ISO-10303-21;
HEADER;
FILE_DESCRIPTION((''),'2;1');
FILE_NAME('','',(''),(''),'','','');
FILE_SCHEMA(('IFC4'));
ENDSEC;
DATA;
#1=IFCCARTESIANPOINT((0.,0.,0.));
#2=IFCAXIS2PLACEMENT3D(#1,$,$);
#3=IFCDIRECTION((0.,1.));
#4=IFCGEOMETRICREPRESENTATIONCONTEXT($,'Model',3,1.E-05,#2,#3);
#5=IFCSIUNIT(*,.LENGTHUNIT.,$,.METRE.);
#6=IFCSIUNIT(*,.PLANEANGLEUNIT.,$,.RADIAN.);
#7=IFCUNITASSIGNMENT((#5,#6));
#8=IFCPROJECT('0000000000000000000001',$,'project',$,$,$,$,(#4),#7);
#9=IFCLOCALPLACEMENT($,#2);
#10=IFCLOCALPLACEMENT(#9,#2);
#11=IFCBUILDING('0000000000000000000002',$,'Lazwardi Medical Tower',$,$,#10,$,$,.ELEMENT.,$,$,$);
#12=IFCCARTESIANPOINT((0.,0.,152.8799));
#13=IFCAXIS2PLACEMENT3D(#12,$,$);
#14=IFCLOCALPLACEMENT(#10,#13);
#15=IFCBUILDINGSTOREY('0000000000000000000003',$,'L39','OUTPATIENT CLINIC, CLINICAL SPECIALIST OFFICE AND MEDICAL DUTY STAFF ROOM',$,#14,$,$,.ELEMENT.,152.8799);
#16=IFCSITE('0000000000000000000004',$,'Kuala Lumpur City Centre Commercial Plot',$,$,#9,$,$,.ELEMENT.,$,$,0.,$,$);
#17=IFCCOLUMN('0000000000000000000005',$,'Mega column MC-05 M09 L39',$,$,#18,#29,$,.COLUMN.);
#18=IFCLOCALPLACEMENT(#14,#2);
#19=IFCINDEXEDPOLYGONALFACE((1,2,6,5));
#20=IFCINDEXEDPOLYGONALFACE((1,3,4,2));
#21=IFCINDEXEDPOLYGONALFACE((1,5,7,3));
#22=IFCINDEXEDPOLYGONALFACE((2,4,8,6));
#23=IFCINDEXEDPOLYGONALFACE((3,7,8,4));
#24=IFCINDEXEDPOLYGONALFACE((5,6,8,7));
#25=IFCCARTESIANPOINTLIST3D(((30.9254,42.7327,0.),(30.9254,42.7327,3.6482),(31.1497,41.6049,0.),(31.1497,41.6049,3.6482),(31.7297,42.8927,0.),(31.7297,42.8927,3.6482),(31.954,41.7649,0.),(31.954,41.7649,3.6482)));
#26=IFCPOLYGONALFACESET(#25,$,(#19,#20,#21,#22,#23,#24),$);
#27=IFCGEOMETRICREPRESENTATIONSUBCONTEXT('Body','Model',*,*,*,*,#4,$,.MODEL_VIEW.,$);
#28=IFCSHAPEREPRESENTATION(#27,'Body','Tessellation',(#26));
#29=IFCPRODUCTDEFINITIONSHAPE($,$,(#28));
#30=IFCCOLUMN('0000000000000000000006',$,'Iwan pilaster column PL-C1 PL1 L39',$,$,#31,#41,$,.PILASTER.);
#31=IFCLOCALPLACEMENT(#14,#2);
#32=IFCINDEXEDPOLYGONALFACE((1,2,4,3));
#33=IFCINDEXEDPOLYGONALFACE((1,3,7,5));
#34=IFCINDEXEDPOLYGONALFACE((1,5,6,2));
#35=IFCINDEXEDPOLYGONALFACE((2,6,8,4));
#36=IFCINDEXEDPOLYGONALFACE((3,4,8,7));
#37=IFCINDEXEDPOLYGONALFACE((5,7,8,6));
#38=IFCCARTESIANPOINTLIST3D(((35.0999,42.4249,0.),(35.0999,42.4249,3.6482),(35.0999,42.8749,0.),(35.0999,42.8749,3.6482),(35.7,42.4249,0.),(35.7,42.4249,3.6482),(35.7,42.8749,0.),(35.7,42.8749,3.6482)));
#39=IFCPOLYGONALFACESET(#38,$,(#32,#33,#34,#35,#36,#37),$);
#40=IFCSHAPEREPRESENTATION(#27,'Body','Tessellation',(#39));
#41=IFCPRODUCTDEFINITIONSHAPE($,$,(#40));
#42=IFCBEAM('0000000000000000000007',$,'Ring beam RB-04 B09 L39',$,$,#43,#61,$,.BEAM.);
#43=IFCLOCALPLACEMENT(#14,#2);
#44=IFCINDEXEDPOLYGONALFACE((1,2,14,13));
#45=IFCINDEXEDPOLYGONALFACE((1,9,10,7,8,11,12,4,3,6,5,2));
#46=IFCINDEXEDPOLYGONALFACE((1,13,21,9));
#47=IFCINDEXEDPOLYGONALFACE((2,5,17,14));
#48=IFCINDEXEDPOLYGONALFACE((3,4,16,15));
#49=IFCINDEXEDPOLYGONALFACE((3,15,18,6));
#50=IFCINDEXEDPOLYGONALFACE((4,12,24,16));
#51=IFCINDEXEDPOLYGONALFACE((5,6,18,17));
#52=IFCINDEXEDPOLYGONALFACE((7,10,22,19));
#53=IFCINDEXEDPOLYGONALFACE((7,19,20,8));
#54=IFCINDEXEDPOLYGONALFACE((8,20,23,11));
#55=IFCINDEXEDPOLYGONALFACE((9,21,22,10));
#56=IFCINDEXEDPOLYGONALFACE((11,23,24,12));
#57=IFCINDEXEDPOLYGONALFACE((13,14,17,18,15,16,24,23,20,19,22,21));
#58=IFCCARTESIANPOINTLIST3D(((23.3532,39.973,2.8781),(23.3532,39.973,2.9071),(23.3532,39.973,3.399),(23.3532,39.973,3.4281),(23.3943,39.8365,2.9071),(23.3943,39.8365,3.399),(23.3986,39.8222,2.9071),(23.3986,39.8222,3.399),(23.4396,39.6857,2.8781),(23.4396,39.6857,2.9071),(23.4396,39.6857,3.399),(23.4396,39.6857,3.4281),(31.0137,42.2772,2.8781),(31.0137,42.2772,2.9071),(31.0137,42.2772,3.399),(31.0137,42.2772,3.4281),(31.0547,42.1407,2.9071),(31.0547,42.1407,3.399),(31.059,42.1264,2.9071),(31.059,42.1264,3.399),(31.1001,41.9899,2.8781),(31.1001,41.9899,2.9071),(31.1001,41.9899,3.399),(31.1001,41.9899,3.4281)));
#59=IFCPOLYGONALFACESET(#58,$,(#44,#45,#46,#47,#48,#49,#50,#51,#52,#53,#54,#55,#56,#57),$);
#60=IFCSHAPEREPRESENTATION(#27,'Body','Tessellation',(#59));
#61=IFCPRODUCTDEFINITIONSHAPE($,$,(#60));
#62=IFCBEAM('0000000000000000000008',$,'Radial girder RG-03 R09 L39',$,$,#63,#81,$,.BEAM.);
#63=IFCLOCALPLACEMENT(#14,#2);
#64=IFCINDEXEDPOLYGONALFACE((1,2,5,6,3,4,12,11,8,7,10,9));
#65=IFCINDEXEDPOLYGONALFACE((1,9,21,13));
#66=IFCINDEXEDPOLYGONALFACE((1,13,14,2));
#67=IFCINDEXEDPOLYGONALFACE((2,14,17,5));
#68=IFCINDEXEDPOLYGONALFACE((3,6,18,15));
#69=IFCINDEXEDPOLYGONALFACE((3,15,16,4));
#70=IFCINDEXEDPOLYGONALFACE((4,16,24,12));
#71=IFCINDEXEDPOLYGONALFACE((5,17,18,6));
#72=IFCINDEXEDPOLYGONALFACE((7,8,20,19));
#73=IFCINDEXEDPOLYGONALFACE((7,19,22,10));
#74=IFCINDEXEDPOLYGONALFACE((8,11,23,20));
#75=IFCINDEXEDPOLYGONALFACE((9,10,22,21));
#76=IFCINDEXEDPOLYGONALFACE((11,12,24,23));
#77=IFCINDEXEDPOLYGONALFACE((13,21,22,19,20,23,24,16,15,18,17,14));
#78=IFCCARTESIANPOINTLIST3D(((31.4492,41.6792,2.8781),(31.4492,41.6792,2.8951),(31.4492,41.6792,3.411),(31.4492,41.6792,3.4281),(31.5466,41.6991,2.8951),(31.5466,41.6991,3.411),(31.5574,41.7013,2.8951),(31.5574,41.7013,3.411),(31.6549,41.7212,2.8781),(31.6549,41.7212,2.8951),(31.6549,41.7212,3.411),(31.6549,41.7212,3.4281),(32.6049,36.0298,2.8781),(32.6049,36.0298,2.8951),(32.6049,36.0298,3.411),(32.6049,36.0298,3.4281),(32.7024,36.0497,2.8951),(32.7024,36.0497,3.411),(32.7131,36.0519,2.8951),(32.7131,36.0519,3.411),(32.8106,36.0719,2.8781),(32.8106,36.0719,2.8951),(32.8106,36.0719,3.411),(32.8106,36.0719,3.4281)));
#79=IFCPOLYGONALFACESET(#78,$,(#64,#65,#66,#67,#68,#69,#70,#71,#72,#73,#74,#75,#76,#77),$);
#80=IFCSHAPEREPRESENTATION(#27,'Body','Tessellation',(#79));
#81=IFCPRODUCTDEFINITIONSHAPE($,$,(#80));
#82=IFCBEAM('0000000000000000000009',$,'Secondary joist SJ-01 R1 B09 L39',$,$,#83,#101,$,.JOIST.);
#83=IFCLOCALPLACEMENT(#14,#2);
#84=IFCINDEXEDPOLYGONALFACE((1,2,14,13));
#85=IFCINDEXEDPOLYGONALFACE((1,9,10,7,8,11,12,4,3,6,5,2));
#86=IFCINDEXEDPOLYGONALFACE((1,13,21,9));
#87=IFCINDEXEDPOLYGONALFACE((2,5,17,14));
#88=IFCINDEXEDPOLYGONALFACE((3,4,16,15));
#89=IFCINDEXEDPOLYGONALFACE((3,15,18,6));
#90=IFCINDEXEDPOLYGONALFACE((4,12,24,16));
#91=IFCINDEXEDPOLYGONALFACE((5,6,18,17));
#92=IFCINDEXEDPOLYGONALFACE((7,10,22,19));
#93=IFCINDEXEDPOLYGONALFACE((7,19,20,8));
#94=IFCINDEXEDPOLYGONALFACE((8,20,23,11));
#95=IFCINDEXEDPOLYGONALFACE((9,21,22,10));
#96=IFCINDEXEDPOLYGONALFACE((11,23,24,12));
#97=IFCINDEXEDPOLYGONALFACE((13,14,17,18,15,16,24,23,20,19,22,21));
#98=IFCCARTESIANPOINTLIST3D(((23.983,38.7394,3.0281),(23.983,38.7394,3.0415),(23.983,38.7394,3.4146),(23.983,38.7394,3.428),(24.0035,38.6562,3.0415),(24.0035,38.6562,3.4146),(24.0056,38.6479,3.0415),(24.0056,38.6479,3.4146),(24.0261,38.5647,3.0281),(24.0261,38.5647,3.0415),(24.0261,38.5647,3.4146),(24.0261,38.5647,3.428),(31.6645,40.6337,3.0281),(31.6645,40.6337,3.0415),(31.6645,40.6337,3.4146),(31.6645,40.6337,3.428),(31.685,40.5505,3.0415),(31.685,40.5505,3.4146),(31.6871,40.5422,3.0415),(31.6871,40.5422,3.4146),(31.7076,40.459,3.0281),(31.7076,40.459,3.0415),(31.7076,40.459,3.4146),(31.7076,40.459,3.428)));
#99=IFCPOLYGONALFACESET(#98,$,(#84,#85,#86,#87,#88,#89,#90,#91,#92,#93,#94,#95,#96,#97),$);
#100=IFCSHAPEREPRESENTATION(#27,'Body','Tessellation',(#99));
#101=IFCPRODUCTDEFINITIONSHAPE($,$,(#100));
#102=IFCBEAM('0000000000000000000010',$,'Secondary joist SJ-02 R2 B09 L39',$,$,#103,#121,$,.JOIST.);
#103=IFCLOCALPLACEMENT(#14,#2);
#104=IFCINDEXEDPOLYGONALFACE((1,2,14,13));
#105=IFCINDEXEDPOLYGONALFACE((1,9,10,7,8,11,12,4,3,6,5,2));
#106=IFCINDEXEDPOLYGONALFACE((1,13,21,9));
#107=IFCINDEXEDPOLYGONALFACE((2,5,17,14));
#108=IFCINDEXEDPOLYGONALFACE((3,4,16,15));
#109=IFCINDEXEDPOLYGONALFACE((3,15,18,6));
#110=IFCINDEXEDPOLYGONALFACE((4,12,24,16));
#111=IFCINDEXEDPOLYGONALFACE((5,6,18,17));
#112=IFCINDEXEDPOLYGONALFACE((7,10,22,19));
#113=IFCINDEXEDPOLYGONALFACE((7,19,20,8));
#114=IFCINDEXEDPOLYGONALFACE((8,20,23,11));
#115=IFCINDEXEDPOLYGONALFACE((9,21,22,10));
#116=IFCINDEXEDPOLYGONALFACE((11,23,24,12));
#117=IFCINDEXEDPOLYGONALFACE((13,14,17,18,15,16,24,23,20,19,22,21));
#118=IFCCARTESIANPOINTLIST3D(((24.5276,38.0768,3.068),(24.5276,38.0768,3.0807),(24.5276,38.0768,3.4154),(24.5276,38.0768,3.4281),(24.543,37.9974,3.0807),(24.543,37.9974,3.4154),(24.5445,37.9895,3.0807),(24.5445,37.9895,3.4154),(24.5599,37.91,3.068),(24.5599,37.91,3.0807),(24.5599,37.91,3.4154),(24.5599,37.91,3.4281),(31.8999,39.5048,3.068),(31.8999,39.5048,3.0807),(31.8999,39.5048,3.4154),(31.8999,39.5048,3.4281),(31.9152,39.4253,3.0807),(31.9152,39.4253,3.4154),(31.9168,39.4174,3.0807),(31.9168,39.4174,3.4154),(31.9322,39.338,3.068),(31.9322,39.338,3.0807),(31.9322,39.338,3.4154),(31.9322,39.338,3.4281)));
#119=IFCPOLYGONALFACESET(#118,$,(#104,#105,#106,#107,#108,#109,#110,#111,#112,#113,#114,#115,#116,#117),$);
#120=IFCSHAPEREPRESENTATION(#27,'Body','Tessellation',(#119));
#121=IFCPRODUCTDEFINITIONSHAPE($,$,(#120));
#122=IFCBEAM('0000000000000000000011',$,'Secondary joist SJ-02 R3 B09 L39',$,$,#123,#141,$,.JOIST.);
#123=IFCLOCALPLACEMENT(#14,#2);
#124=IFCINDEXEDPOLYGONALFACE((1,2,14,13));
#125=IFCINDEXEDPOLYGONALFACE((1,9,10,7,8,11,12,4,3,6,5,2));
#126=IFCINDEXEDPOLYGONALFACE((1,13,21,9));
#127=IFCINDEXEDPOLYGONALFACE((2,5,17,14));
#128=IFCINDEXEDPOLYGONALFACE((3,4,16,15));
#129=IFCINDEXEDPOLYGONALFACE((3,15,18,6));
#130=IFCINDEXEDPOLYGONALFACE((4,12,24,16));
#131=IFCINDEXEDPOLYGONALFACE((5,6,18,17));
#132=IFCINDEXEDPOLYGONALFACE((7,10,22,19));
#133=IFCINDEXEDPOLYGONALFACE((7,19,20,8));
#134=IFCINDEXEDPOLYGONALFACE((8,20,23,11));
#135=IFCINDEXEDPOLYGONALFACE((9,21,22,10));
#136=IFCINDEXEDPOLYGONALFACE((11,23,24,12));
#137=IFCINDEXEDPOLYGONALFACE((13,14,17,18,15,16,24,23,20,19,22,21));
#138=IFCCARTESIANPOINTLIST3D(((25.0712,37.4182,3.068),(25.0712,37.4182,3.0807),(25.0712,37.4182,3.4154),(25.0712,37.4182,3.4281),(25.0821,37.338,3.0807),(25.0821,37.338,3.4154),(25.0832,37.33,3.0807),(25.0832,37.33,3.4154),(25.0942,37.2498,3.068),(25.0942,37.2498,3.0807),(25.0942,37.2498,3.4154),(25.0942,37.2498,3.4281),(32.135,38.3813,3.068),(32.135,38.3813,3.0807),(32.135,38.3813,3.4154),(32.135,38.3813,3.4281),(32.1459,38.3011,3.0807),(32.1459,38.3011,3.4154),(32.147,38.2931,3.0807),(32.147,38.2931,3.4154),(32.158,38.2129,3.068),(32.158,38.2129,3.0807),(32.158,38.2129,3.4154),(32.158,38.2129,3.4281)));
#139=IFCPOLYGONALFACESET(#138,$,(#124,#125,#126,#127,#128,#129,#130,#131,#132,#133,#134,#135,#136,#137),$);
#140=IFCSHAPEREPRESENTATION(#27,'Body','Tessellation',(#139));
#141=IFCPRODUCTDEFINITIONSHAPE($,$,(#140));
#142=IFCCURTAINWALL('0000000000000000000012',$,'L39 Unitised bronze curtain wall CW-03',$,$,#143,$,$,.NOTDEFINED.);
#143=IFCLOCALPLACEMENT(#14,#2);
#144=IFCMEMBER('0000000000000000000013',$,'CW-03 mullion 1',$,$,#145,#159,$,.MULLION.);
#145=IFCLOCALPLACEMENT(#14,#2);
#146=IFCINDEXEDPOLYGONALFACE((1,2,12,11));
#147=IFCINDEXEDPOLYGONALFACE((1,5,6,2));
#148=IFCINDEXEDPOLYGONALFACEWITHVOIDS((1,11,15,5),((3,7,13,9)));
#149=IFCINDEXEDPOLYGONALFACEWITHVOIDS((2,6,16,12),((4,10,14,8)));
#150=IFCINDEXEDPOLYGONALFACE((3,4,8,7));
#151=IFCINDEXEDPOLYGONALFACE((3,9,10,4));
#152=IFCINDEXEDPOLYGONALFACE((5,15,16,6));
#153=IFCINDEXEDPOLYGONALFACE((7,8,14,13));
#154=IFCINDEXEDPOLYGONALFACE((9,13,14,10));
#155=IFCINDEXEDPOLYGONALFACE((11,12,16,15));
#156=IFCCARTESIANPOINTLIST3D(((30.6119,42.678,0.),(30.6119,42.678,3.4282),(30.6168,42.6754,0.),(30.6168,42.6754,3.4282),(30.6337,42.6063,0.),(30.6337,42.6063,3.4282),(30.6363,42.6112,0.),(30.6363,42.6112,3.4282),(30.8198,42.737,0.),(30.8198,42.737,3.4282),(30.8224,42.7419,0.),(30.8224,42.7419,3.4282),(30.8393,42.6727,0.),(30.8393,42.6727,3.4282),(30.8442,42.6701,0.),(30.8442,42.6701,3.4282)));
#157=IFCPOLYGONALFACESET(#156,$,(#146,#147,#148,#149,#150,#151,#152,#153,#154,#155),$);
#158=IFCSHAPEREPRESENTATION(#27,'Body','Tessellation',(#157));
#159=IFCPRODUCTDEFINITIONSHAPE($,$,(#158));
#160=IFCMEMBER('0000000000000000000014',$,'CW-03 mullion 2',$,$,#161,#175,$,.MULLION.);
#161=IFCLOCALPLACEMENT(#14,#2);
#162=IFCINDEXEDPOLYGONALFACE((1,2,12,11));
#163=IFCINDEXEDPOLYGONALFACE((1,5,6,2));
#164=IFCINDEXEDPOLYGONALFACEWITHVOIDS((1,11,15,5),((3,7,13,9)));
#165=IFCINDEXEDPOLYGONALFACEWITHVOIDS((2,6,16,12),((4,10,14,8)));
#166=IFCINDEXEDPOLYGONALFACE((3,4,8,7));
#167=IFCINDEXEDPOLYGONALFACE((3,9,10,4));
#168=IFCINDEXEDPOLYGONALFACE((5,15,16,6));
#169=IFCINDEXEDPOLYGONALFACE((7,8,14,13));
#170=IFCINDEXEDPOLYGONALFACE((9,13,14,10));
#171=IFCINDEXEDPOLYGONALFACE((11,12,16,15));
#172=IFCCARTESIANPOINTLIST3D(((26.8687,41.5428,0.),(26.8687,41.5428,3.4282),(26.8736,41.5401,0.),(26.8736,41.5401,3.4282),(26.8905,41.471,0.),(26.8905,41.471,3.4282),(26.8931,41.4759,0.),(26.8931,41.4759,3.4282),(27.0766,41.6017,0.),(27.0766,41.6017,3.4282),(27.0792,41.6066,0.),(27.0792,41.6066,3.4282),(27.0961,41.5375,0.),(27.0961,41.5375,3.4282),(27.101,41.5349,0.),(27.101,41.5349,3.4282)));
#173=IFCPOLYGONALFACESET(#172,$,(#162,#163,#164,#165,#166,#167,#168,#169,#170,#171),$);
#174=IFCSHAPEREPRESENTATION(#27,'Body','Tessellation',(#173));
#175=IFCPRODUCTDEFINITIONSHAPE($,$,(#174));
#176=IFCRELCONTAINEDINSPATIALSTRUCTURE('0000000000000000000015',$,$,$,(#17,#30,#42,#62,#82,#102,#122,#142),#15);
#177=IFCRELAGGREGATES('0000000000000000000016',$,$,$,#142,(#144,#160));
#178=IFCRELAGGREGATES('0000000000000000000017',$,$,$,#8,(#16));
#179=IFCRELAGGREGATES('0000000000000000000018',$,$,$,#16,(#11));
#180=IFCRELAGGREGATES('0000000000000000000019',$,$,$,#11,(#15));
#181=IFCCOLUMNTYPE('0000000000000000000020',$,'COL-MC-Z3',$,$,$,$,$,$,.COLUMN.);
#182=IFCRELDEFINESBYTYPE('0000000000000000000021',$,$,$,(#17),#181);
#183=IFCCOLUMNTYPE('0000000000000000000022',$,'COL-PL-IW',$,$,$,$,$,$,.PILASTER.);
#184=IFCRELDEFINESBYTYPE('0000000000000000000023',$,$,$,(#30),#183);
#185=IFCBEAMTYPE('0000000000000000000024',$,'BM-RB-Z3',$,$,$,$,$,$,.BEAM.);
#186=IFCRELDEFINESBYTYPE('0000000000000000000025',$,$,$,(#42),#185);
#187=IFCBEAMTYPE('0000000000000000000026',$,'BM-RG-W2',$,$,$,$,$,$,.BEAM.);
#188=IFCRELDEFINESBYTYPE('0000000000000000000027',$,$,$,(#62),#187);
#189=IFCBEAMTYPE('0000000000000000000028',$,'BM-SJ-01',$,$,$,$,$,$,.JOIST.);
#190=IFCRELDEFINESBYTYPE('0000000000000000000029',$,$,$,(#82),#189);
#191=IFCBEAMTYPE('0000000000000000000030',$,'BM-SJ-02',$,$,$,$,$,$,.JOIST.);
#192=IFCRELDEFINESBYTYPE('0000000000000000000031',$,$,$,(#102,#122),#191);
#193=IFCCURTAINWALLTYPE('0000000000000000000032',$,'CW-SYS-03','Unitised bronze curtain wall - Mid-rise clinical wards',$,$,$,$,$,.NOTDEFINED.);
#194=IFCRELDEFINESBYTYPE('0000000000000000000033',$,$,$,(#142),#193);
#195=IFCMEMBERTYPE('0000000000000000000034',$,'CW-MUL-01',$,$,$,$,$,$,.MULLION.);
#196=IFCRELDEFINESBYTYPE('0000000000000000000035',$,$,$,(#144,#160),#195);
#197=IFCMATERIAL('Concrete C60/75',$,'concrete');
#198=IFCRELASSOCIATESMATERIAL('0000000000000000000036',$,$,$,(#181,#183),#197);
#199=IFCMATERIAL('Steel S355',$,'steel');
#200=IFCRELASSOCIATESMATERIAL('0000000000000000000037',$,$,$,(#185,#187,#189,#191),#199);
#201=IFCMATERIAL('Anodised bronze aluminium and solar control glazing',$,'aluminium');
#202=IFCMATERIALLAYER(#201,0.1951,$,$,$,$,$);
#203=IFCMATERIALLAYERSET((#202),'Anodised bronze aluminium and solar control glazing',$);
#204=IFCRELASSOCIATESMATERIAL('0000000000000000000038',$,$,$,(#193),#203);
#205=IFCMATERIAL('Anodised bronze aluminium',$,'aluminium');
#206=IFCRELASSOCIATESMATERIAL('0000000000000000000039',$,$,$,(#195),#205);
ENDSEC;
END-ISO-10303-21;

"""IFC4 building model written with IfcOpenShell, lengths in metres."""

from ifc_helpers import new_model, si_unit, direction, frame, origin, origin_2d, place, context, subcontext, project, spatial, rectangle, hollow_rectangle, i_section, extrude, material, layer, layer_set, material_profile, profile_set, type_object, element, aggregate, save


model = new_model("IFC4")

# Units and contexts
model_context = context("Model", 3, precision=1e-05, world=origin(), true_north=direction((0.0, 1.0)))
body_context = subcontext(model_context, "Body", "Model", "MODEL_VIEW")
ifc_project = project(units=[si_unit("LENGTHUNIT", "METRE"), si_unit("PLANEANGLEUNIT", "RADIAN")], contexts=[model_context])

# Site, building, storey
site_placement = place(None, origin())
site = spatial("IfcSite", under=ifc_project, at=site_placement, Name="Kuala Lumpur City Centre Commercial Plot", CompositionType="ELEMENT", RefElevation=0.0)
building_placement = place(site_placement, origin())
building = spatial("IfcBuilding", under=site, at=building_placement, Name="Lazwardi Medical Tower", CompositionType="ELEMENT")
storey_placement = place(building_placement, frame((0.0, 0.0, 152.8799)))
storey = spatial("IfcBuildingStorey", under=building, at=storey_placement, Name="L39", Description="OUTPATIENT CLINIC, CLINICAL SPECIALIST OFFICE AND MEDICAL DUTY STAFF ROOM", CompositionType="ELEMENT", Elevation=152.8799)

# Columns
ifc_material_1 = material(Name="Concrete C60/75", Category="concrete")
ifc_material_profile_1 = material_profile(ifc_material_1, rectangle(XDim=1.1499, YDim=0.8201, at=origin_2d()), Name="CFT-RECT 1150x820")
ifc_profile_set_1 = profile_set([ifc_material_profile_1], Name="Concrete C60/75")
column_type_1 = type_object("IfcColumnType", Name="COL-MC-Z3", PredefinedType="COLUMN", material=ifc_profile_set_1)
column_1_placement = place(storey_placement, frame((31.4397, 42.2488, 0.0), z_axis=(0.0, 0.0, 1.0), x_axis=(-0.19509, 0.980785, 0.0)))
element("IfcColumn", 1, at=column_1_placement, inside=storey, type_object=column_type_1, Name="Mega column MC-05 M09 L39", PredefinedType="COLUMN", context=body_context, shape_type="SweptSolid", body=[
    extrude(rectangle(XDim=1.1499, YDim=0.8201, at=origin_2d()), origin(), (0.0, 0.0, 1.0), 3.6482),
])
ifc_material_profile_2 = material_profile(ifc_material_1, rectangle(XDim=0.6001, YDim=0.45, at=origin_2d()), Name="RC 600x450")
ifc_profile_set_2 = profile_set([ifc_material_profile_2], Name="Concrete C60/75")
column_type_2 = type_object("IfcColumnType", Name="COL-PL-IW", PredefinedType="PILASTER", material=ifc_profile_set_2)
column_2_placement = place(storey_placement, frame((35.3999, 42.6499, 0.0), z_axis=(0.0, 0.0, 1.0), x_axis=(1.0, 0.0, 0.0)))
element("IfcColumn", 2, at=column_2_placement, inside=storey, type_object=column_type_2, Name="Iwan pilaster column PL-C1 PL1 L39", PredefinedType="PILASTER", context=body_context, shape_type="SweptSolid", body=[
    extrude(rectangle(XDim=0.6001, YDim=0.45, at=origin_2d()), origin(), (0.0, 0.0, 1.0), 3.6482),
])

# Beams
ifc_material_2 = material(Name="Steel S355", Category="steel")
ifc_material_profile_3 = material_profile(ifc_material_2, i_section(OverallWidth=0.3, OverallDepth=0.55, WebThickness=0.0149, FlangeThickness=0.0291, at=origin_2d()), Name="HEB 550")
ifc_profile_set_3 = profile_set([ifc_material_profile_3], Name="Steel S355")
beam_type_1 = type_object("IfcBeamType", Name="BM-RB-Z3", PredefinedType="BEAM", material=ifc_profile_set_3)
beam_1_placement = place(storey_placement, frame((31.0569, 42.1335, 3.1531), z_axis=(-0.957617, -0.288045, 0.0), x_axis=(0.288045, -0.957617, 0.0)))
element("IfcBeam", 3, at=beam_1_placement, inside=storey, type_object=beam_type_1, Name="Ring beam RB-04 B09 L39", PredefinedType="BEAM", context=body_context, shape_type="SweptSolid", body=[
    extrude(i_section(OverallWidth=0.3, OverallDepth=0.55, WebThickness=0.0149, FlangeThickness=0.0291, at=origin_2d()), origin(), (0.0, 0.0, 1.0), 7.9995),
])
ifc_material_profile_4 = material_profile(ifc_material_2, i_section(OverallWidth=0.21, OverallDepth=0.55, WebThickness=0.011, FlangeThickness=0.0171, at=origin_2d()), Name="IPE 550")
ifc_profile_set_4 = profile_set([ifc_material_profile_4], Name="Steel S355")
beam_type_2 = type_object("IfcBeamType", Name="BM-RG-W2", PredefinedType="BEAM", material=ifc_profile_set_4)
beam_2_placement = place(storey_placement, frame((31.552, 41.7002, 3.1531), z_axis=(0.200429, -0.979708, 0.0), x_axis=(0.979708, 0.200429, 0.0)))
element("IfcBeam", 4, at=beam_2_placement, inside=storey, type_object=beam_type_2, Name="Radial girder RG-03 R09 L39", PredefinedType="BEAM", context=body_context, shape_type="SweptSolid", body=[
    extrude(i_section(OverallWidth=0.21, OverallDepth=0.55, WebThickness=0.011, FlangeThickness=0.0171, at=origin_2d()), origin(), (0.0, 0.0, 1.0), 5.7664),
])
ifc_material_profile_5 = material_profile(ifc_material_2, i_section(OverallWidth=0.1799, OverallDepth=0.3999, WebThickness=0.0085, FlangeThickness=0.0134, at=origin_2d()), Name="IPE 400")
ifc_profile_set_5 = profile_set([ifc_material_profile_5], Name="Steel S355")
beam_type_3 = type_object("IfcBeamType", Name="BM-SJ-01", PredefinedType="JOIST", material=ifc_profile_set_5)
beam_3_placement = place(storey_placement, frame((31.686, 40.5464, 3.228), z_axis=(-0.970913, -0.239434, 0.0), x_axis=(0.239434, -0.970913, 0.0)))
element("IfcBeam", 5, at=beam_3_placement, inside=storey, type_object=beam_type_3, Name="Secondary joist SJ-01 R1 B09 L39", PredefinedType="JOIST", context=body_context, shape_type="SweptSolid", body=[
    extrude(i_section(OverallWidth=0.1799, OverallDepth=0.3999, WebThickness=0.0085, FlangeThickness=0.0134, at=origin_2d()), origin(), (0.0, 0.0, 1.0), 7.9116),
])
ifc_material_profile_6 = material_profile(ifc_material_2, i_section(OverallWidth=0.1699, OverallDepth=0.3601, WebThickness=0.0081, FlangeThickness=0.0127, at=origin_2d()), Name="IPE 360")
ifc_profile_set_6 = profile_set([ifc_material_profile_6], Name="Steel S355")
beam_type_4 = type_object("IfcBeamType", Name="BM-SJ-02", PredefinedType="JOIST", material=ifc_profile_set_6)
beam_4_placement = place(storey_placement, frame((31.916, 39.4214, 3.248), z_axis=(-0.981753, -0.19016, 0.0), x_axis=(0.19016, -0.981753, 0.0)))
element("IfcBeam", 6, at=beam_4_placement, inside=storey, type_object=beam_type_4, Name="Secondary joist SJ-02 R2 B09 L39", PredefinedType="JOIST", context=body_context, shape_type="SweptSolid", body=[
    extrude(i_section(OverallWidth=0.1699, OverallDepth=0.3601, WebThickness=0.0081, FlangeThickness=0.0127, at=origin_2d()), origin(), (0.0, 0.0, 1.0), 7.5093),
])
beam_5_placement = place(storey_placement, frame((32.1465, 38.2971, 3.248), z_axis=(-0.990832, -0.135099, 0.0), x_axis=(0.135099, -0.990832, 0.0)))
element("IfcBeam", 7, at=beam_5_placement, inside=storey, type_object=beam_type_4, Name="Secondary joist SJ-02 R3 B09 L39", PredefinedType="JOIST", context=body_context, shape_type="SweptSolid", body=[
    extrude(i_section(OverallWidth=0.1699, OverallDepth=0.3601, WebThickness=0.0081, FlangeThickness=0.0127, at=origin_2d()), origin(), (0.0, 0.0, 1.0), 7.1292),
])

# Curtain wall, members
ifc_material_3 = material(Name="Anodised bronze aluminium and solar control glazing", Category="aluminium")
ifc_layer_1 = layer(ifc_material_3, 0.1951)
ifc_layer_set_1 = layer_set([ifc_layer_1], Name="Anodised bronze aluminium and solar control glazing")
curtain_wall_type_1 = type_object("IfcCurtainWallType", Name="CW-SYS-03", Description="Unitised bronze curtain wall - Mid-rise clinical wards", PredefinedType="NOTDEFINED", material=ifc_layer_set_1)
curtain_wall_1_placement = place(storey_placement, origin())
curtain_wall_1 = element("IfcCurtainWall", 8, at=curtain_wall_1_placement, inside=storey, type_object=curtain_wall_type_1, Name="L39 Unitised bronze curtain wall CW-03", PredefinedType="NOTDEFINED")
ifc_material_4 = material(Name="Anodised bronze aluminium", Category="aluminium")
ifc_material_profile_7 = material_profile(ifc_material_4, hollow_rectangle(XDim=0.075, YDim=0.22, WallThickness=0.0039, at=origin_2d()), Name="ALU-MULLION 220x75x4")
ifc_profile_set_7 = profile_set([ifc_material_profile_7], Name="Anodised bronze aluminium")
member_type_1 = type_object("IfcMemberType", Name="CW-MUL-01", PredefinedType="MULLION", material=ifc_profile_set_7)
member_1_placement = place(storey_placement, frame((30.728, 42.6741, 0.0), z_axis=(0.0, 0.0, 1.0), x_axis=(0.290281, -0.956942, 0.0)))
member_1 = element("IfcMember", 9, at=member_1_placement, type_object=member_type_1, Name="CW-03 mullion 1", PredefinedType="MULLION", context=body_context, shape_type="SweptSolid", body=[
    extrude(hollow_rectangle(XDim=0.075, YDim=0.22, WallThickness=0.0039, at=origin_2d()), origin(), (0.0, 0.0, 1.0), 3.4282),
])
member_2_placement = place(storey_placement, frame((26.9849, 41.5388, 0.0), z_axis=(0.0, 0.0, 1.0), x_axis=(0.290281, -0.956942, 0.0)))
member_2 = element("IfcMember", 10, at=member_2_placement, type_object=member_type_1, Name="CW-03 mullion 2", PredefinedType="MULLION", context=body_context, shape_type="SweptSolid", body=[
    extrude(hollow_rectangle(XDim=0.075, YDim=0.22, WallThickness=0.0039, at=origin_2d()), origin(), (0.0, 0.0, 1.0), 3.4282),
])

aggregate(curtain_wall_1, [member_1, member_2])

save(model, "model.ifc")
